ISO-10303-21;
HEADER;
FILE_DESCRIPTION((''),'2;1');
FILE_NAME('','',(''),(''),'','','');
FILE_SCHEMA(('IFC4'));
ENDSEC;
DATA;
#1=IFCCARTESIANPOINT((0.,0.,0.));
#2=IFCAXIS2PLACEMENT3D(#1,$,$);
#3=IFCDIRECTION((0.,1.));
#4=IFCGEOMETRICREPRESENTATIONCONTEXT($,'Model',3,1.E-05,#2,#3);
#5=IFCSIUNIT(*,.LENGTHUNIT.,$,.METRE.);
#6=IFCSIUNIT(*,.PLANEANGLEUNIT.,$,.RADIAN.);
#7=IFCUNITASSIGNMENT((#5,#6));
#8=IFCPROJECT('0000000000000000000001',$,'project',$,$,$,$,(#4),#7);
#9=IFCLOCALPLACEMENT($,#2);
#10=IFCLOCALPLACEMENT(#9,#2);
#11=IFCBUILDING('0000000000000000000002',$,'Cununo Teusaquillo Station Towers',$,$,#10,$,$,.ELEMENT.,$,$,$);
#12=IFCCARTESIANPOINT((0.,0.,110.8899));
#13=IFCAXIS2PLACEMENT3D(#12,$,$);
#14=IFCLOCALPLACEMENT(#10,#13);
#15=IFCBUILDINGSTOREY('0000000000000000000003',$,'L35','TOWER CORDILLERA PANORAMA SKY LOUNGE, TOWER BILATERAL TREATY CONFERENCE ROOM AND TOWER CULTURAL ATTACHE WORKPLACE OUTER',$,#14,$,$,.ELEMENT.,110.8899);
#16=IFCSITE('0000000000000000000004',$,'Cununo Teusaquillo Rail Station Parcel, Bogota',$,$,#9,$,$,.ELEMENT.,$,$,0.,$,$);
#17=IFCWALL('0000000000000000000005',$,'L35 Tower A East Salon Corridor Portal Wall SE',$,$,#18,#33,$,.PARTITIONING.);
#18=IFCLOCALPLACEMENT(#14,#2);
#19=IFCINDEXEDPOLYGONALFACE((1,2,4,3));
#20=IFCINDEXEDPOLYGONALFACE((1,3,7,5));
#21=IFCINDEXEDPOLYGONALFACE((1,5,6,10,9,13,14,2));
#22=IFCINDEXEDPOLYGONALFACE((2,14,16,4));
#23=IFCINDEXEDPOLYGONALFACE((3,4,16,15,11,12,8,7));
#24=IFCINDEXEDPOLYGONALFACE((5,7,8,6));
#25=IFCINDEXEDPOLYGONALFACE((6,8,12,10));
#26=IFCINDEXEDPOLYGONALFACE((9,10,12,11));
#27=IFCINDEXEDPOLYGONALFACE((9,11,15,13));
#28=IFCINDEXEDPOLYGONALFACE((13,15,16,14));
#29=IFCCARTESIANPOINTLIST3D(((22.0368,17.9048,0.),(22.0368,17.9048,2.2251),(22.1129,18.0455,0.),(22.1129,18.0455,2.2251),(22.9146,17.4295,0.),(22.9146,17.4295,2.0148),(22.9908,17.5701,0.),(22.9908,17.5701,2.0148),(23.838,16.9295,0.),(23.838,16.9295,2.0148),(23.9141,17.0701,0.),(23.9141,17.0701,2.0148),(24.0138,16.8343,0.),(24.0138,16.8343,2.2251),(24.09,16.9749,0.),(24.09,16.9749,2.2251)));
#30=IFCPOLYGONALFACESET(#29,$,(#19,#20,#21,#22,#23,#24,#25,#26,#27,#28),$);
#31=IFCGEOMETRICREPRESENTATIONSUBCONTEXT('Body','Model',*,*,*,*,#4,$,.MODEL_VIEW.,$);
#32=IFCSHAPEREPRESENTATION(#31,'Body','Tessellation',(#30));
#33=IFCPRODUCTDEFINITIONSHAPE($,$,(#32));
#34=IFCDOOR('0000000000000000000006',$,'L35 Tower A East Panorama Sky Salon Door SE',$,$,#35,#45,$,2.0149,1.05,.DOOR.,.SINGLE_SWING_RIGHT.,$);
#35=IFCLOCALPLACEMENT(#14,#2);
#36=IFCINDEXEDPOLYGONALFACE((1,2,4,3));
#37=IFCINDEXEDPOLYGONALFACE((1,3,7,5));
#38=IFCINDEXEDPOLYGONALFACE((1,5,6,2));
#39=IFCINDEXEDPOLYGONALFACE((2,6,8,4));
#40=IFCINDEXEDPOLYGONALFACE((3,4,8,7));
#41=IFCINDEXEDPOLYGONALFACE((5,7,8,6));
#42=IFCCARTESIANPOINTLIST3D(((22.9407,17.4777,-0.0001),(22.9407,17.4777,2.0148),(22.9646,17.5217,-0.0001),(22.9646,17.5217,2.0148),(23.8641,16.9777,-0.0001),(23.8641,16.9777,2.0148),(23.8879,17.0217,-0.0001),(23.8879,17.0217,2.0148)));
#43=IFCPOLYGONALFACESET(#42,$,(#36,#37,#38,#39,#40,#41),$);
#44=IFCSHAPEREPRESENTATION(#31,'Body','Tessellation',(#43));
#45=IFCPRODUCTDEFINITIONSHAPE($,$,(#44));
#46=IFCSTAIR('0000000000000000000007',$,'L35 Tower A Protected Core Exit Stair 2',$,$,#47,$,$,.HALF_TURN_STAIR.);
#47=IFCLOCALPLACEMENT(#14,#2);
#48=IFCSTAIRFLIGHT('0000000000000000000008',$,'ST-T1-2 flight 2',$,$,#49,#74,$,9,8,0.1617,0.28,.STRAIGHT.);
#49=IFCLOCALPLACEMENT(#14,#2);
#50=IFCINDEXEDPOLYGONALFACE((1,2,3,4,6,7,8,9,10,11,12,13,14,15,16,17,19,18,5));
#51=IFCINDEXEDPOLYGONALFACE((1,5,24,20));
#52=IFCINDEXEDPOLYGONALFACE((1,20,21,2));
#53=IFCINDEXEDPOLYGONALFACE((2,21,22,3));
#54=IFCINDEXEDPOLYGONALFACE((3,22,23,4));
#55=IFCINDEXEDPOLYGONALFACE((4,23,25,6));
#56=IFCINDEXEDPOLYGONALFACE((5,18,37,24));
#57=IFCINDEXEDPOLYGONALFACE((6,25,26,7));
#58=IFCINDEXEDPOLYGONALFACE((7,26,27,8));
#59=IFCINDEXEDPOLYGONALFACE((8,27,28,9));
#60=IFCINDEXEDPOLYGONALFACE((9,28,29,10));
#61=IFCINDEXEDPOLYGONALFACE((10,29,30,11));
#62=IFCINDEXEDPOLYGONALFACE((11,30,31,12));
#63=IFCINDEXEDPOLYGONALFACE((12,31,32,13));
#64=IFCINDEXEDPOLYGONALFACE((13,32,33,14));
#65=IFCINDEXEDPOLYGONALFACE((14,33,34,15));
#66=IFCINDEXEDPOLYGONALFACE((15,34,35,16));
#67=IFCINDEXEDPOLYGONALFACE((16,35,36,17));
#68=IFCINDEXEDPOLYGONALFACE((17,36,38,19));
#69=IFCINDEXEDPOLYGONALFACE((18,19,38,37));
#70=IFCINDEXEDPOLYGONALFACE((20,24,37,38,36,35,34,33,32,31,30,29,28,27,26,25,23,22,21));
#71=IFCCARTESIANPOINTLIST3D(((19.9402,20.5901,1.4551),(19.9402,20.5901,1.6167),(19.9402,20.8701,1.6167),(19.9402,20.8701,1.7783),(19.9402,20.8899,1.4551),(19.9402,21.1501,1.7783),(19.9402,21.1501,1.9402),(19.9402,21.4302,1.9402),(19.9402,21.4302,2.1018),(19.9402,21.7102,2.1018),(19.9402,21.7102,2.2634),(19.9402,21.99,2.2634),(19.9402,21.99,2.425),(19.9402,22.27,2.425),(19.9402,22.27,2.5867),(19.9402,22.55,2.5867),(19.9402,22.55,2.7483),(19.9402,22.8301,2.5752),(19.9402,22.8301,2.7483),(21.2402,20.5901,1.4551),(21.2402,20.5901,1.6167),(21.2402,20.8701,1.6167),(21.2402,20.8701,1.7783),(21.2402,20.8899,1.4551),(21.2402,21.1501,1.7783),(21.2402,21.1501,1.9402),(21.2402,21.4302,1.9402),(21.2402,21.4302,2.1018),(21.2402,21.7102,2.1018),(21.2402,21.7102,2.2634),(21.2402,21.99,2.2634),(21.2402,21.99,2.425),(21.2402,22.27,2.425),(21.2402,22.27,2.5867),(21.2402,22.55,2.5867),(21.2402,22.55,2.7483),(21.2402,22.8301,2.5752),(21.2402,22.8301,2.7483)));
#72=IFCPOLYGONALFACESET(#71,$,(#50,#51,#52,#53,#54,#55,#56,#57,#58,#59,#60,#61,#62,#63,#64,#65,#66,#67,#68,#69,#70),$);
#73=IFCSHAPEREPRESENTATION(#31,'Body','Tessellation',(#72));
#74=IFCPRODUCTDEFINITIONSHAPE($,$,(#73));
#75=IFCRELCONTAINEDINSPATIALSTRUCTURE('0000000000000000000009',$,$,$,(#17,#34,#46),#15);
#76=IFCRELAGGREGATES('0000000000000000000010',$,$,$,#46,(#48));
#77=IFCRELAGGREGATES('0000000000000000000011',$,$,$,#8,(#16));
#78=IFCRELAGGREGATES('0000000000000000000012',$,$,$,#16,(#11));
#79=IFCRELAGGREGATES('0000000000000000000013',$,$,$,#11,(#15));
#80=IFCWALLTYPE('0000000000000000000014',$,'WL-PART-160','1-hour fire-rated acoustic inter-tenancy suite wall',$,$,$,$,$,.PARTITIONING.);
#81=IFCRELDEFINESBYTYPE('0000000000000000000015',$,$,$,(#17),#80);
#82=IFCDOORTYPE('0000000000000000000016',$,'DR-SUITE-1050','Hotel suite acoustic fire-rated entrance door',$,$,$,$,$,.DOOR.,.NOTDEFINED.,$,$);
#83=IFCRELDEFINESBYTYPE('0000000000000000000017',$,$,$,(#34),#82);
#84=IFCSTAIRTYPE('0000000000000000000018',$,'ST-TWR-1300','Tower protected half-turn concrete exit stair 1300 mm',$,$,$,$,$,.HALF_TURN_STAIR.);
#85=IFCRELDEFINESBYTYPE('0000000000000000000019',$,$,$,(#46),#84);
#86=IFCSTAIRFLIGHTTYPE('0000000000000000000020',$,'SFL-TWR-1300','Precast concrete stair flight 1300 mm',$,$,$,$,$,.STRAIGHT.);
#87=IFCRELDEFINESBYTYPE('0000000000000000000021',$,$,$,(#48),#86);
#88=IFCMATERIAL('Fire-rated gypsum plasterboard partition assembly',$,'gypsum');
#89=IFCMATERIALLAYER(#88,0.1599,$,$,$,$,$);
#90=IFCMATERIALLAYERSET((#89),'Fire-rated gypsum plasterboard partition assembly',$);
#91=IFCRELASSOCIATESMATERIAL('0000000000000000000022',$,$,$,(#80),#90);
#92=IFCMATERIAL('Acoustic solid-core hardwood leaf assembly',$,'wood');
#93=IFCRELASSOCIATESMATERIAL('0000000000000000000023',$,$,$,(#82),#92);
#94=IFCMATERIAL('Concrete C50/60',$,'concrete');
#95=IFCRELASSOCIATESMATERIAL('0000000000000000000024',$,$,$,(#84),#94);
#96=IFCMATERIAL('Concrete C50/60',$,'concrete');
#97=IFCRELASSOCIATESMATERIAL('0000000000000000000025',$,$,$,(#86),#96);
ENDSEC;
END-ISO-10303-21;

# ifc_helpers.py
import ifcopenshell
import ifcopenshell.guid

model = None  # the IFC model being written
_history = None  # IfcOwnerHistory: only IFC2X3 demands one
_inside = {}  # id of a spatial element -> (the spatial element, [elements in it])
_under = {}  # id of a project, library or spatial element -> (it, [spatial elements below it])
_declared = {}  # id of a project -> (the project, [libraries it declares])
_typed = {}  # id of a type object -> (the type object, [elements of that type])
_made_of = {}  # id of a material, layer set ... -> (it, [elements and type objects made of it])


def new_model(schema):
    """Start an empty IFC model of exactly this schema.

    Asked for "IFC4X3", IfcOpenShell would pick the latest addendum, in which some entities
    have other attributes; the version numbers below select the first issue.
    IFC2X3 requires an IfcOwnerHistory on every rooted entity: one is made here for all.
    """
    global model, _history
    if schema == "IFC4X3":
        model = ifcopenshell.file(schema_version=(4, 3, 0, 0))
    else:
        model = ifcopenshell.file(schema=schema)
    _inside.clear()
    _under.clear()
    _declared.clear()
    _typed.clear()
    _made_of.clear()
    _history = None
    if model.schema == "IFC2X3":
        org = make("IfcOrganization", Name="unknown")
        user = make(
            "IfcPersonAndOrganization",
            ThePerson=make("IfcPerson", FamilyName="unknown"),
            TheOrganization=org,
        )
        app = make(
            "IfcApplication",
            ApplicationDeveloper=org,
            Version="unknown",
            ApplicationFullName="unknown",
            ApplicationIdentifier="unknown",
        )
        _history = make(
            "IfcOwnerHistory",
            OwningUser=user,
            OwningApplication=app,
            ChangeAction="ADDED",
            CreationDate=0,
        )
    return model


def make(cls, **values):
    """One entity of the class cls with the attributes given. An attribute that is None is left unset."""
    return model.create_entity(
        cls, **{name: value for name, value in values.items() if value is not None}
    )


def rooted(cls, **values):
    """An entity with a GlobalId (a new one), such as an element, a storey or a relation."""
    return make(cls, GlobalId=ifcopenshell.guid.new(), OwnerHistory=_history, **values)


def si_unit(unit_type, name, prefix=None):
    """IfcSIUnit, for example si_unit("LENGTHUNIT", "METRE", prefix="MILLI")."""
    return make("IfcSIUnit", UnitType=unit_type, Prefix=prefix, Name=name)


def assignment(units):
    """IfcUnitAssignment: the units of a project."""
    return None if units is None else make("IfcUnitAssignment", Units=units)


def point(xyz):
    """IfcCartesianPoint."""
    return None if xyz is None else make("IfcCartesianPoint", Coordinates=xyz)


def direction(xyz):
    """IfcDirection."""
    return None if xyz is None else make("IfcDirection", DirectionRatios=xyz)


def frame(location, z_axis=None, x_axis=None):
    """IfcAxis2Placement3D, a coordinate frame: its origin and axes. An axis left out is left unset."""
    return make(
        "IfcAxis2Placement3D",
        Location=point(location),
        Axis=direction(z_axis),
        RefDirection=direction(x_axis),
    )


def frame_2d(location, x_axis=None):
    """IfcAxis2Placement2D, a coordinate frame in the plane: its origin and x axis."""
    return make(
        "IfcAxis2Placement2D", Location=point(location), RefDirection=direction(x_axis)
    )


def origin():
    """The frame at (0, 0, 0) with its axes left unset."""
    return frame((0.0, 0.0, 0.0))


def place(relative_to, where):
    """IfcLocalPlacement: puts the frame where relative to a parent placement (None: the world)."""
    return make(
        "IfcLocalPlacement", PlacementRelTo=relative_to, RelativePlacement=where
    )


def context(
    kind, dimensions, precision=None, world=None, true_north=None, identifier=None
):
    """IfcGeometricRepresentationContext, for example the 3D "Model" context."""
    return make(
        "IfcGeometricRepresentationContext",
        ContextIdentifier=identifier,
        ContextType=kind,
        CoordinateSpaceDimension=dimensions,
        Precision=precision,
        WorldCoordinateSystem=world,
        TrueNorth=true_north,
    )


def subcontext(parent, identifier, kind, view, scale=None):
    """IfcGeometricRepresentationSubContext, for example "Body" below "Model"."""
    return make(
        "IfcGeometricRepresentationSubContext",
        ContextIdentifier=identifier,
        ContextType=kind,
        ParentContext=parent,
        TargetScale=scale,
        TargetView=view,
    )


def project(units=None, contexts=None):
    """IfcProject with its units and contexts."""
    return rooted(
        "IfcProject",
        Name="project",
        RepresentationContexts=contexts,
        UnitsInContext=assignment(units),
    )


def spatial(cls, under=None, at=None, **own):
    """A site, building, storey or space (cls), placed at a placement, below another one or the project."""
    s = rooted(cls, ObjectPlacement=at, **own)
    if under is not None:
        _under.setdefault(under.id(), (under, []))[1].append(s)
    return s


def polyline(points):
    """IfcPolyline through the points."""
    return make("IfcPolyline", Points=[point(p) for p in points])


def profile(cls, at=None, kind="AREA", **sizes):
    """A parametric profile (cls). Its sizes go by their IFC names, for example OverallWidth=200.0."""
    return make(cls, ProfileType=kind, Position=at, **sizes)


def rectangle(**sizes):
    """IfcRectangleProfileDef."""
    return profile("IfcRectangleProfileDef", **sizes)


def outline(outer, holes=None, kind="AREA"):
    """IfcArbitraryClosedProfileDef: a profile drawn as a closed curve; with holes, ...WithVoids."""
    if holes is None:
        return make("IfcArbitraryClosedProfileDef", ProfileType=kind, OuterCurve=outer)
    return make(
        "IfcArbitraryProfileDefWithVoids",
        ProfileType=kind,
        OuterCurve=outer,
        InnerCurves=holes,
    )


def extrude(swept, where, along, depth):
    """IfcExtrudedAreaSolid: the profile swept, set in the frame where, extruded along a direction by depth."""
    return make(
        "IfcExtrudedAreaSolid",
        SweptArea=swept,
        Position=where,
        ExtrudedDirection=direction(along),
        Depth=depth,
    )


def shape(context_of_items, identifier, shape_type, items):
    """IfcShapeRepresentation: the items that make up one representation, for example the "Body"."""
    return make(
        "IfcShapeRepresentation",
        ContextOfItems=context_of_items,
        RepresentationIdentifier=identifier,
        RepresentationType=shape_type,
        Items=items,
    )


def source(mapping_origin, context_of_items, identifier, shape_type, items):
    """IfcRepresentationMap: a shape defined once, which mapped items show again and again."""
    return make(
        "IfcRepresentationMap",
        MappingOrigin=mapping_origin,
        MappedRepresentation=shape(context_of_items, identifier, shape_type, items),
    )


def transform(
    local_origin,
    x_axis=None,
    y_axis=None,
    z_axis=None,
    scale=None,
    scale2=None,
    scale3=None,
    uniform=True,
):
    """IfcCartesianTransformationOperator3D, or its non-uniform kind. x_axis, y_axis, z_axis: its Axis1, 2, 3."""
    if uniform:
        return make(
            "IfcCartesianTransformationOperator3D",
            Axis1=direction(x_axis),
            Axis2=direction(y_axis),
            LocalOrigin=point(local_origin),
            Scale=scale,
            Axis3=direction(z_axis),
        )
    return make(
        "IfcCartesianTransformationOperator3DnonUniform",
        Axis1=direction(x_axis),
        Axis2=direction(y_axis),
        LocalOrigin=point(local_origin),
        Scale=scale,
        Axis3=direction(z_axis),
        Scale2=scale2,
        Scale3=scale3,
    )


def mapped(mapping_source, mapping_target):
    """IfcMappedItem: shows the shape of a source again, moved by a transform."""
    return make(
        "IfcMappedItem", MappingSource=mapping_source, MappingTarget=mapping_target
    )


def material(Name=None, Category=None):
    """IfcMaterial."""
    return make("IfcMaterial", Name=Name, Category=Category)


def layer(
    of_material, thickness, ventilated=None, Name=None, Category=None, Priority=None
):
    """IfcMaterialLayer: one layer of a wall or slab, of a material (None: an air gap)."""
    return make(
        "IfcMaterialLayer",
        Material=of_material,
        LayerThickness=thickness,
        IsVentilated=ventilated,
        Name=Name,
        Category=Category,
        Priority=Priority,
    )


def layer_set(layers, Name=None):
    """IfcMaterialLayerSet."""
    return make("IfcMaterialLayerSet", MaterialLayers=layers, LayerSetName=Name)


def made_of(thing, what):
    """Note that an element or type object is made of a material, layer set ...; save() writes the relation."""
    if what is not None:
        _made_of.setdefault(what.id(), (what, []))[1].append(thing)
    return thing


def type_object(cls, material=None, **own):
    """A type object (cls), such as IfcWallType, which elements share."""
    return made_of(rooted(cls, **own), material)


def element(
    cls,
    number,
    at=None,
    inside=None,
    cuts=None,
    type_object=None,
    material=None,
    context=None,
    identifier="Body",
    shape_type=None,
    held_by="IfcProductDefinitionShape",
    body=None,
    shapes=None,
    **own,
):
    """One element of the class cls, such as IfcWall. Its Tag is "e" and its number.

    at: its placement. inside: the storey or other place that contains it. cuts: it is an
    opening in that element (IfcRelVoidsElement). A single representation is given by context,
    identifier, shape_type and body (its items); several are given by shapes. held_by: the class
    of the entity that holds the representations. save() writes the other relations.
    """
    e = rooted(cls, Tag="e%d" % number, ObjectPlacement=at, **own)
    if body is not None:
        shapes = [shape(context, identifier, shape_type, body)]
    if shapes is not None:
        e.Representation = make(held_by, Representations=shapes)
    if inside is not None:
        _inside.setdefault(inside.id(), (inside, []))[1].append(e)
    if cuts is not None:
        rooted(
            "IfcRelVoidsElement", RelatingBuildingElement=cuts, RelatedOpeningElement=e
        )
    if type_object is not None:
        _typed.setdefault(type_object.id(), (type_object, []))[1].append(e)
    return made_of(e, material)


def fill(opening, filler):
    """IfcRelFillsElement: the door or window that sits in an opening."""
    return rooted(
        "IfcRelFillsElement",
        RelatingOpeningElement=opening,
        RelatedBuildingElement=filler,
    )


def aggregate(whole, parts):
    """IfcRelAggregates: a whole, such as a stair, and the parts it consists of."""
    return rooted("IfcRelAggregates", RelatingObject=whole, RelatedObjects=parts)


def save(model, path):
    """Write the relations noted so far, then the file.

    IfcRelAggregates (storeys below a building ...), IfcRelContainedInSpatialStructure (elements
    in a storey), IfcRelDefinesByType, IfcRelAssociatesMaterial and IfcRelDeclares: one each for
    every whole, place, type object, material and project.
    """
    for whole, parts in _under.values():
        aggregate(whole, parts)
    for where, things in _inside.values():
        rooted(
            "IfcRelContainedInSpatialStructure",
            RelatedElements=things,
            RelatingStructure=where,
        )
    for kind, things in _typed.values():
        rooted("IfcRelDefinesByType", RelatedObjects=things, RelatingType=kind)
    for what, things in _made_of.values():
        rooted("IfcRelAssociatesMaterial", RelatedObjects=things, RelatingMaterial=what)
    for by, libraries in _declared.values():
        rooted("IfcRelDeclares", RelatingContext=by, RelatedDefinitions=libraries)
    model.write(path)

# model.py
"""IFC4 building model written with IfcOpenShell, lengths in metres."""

from ifc_helpers import new_model, si_unit, direction, frame, frame_2d, origin, place, context, subcontext, project, spatial, polyline, rectangle, outline, extrude, source, transform, mapped, material, layer, layer_set, type_object, element, fill, aggregate, save


model = new_model("IFC4")

# Units and contexts
model_context = context("Model", 3, precision=1e-05, world=origin(), true_north=direction((0.0, 1.0)))
body_context = subcontext(model_context, "Body", "Model", "MODEL_VIEW")
ifc_project = project(units=[si_unit("LENGTHUNIT", "METRE"), si_unit("PLANEANGLEUNIT", "RADIAN")], contexts=[model_context])

# Site, building, storey
site_placement = place(None, origin())
site = spatial("IfcSite", under=ifc_project, at=site_placement, Name="Cununo Teusaquillo Rail Station Parcel, Bogota", CompositionType="ELEMENT", RefElevation=0.0)
building_placement = place(site_placement, origin())
building = spatial("IfcBuilding", under=site, at=building_placement, Name="Cununo Teusaquillo Station Towers", CompositionType="ELEMENT")
storey_placement = place(building_placement, frame((0.0, 0.0, 110.8899)))
storey = spatial("IfcBuildingStorey", under=building, at=storey_placement, Name="L35", Description="TOWER CORDILLERA PANORAMA SKY LOUNGE, TOWER BILATERAL TREATY CONFERENCE ROOM AND TOWER CULTURAL ATTACHE WORKPLACE OUTER", CompositionType="ELEMENT", Elevation=110.8899)

# Wall, opening, door
ifc_material_1 = material(Name="Fire-rated gypsum plasterboard partition assembly", Category="gypsum")
ifc_layer_1 = layer(ifc_material_1, 0.1599)
ifc_layer_set_1 = layer_set([ifc_layer_1], Name="Fire-rated gypsum plasterboard partition assembly")
wall_type_1 = type_object("IfcWallType", Name="WL-PART-160", Description="1-hour fire-rated acoustic inter-tenancy suite wall", PredefinedType="PARTITIONING", material=ifc_layer_set_1)
wall_1_placement = place(storey_placement, frame((22.075, 17.9751, 0.0), z_axis=(0.0, 0.0, 1.0), x_axis=(0.879356, -0.476164, 0.0)))
wall_1 = element("IfcWall", 1, at=wall_1_placement, inside=storey, type_object=wall_type_1, Name="L35 Tower A East Salon Corridor Portal Wall SE", PredefinedType="PARTITIONING", context=body_context, shape_type="SweptSolid", body=[
    extrude(rectangle(XDim=2.2483, YDim=0.1599, at=frame_2d((1.124, 0.0))), origin(), (0.0, 0.0, 1.0), 2.2251),
])
shared_shape_1 = source(origin(), body_context, "Body", "SweptSolid", [
    extrude(rectangle(XDim=1.05, YDim=2.0149, at=frame_2d((0.5249, 1.0073))), frame((0.0, 0.0898, 0.0), z_axis=(0.0, -1.0, 0.0), x_axis=(1.0, 0.0, 0.0)), (0.0, 0.0, 1.0), 0.1799),
])
opening_placement = place(wall_1_placement, frame((0.9983, 0.0, 0.0)))
opening = element("IfcOpeningElement", 2, at=opening_placement, cuts=wall_1, PredefinedType="OPENING", context=body_context, shape_type="MappedRepresentation", body=[
    mapped(shared_shape_1, transform((0.0, 0.0, 0.0), x_axis=(1.0, 0.0, 0.0), y_axis=(0.0, 1.0, 0.0), z_axis=(0.0, 0.0, 1.0), scale=1.0)),
])
ifc_material_2 = material(Name="Acoustic solid-core hardwood leaf assembly", Category="wood")
door_type = type_object("IfcDoorType", Name="DR-SUITE-1050", Description="Hotel suite acoustic fire-rated entrance door", OperationType="NOTDEFINED", PredefinedType="DOOR", material=ifc_material_2)
shared_shape_2 = source(origin(), body_context, "Body", "SweptSolid", [
    extrude(rectangle(XDim=1.05, YDim=2.0149, at=frame_2d((0.5249, 1.0073))), frame((0.0, 0.0249, 0.0), z_axis=(0.0, -1.0, 0.0), x_axis=(1.0, 0.0, 0.0)), (0.0, 0.0, 1.0), 0.05),
])
door_placement = place(opening_placement, origin())
door = element("IfcDoor", 3, at=door_placement, inside=storey, type_object=door_type, Name="L35 Tower A East Panorama Sky Salon Door SE", OperationType="SINGLE_SWING_RIGHT", OverallHeight=2.0149, OverallWidth=1.05, PredefinedType="DOOR", context=body_context, shape_type="MappedRepresentation", body=[
    mapped(shared_shape_2, transform((0.0, 0.0, 0.0), x_axis=(1.0, 0.0, 0.0), y_axis=(0.0, 1.0, 0.0), z_axis=(0.0, 0.0, 1.0), scale=1.0)),
])
fill(opening, door)

# Stair, stair flight
ifc_material_3 = material(Name="Concrete C50/60", Category="concrete")
stair_type = type_object("IfcStairType", Name="ST-TWR-1300", Description="Tower protected half-turn concrete exit stair 1300 mm", PredefinedType="HALF_TURN_STAIR", material=ifc_material_3)
stair_placement = place(storey_placement, origin())
stair = element("IfcStair", 4, at=stair_placement, inside=storey, type_object=stair_type, Name="L35 Tower A Protected Core Exit Stair 2", PredefinedType="HALF_TURN_STAIR")
ifc_material_4 = material(Name="Concrete C50/60", Category="concrete")
stair_flight_type = type_object("IfcStairFlightType", Name="SFL-TWR-1300", Description="Precast concrete stair flight 1300 mm", PredefinedType="STRAIGHT", material=ifc_material_4)
stair_flight_placement = place(storey_placement, frame((20.5901, 20.5901, 1.4551), z_axis=(0.0, 0.0, 1.0), x_axis=(0.0, 1.0, 0.0)))
stair_flight = element("IfcStairFlight", 5, at=stair_flight_placement, type_object=stair_flight_type, Name="ST-T1-2 flight 2", NumberOfRisers=9, NumberOfTreads=8, PredefinedType="STRAIGHT", RiserHeight=0.1617, TreadLength=0.28, context=body_context, shape_type="SweptSolid", body=[
    extrude(outline(polyline([(0.0, 0.0), (0.0, 0.1616), (0.28, 0.1616), (0.28, 0.3232), (0.5601, 0.3232), (0.5601, 0.4851), (0.8401, 0.4851), (0.8401, 0.6467), (1.1201, 0.6467), (1.1201, 0.8083), (1.3999, 0.8083), (1.3999, 0.97), (1.6799, 0.97), (1.6799, 1.1316), (1.96, 1.1316), (1.96, 1.2932), (2.24, 1.2932), (2.24, 1.4551), (2.24, 1.1201), (0.2998, 0.0), (0.0, 0.0)])), frame((0.0, 0.6499, 0.0), z_axis=(0.0, -1.0, 0.0), x_axis=(1.0, 0.0, 0.0)), (0.0, 0.0, 1.0), 1.3),
])
aggregate(stair, [stair_flight])

save(model, "model.ifc")
